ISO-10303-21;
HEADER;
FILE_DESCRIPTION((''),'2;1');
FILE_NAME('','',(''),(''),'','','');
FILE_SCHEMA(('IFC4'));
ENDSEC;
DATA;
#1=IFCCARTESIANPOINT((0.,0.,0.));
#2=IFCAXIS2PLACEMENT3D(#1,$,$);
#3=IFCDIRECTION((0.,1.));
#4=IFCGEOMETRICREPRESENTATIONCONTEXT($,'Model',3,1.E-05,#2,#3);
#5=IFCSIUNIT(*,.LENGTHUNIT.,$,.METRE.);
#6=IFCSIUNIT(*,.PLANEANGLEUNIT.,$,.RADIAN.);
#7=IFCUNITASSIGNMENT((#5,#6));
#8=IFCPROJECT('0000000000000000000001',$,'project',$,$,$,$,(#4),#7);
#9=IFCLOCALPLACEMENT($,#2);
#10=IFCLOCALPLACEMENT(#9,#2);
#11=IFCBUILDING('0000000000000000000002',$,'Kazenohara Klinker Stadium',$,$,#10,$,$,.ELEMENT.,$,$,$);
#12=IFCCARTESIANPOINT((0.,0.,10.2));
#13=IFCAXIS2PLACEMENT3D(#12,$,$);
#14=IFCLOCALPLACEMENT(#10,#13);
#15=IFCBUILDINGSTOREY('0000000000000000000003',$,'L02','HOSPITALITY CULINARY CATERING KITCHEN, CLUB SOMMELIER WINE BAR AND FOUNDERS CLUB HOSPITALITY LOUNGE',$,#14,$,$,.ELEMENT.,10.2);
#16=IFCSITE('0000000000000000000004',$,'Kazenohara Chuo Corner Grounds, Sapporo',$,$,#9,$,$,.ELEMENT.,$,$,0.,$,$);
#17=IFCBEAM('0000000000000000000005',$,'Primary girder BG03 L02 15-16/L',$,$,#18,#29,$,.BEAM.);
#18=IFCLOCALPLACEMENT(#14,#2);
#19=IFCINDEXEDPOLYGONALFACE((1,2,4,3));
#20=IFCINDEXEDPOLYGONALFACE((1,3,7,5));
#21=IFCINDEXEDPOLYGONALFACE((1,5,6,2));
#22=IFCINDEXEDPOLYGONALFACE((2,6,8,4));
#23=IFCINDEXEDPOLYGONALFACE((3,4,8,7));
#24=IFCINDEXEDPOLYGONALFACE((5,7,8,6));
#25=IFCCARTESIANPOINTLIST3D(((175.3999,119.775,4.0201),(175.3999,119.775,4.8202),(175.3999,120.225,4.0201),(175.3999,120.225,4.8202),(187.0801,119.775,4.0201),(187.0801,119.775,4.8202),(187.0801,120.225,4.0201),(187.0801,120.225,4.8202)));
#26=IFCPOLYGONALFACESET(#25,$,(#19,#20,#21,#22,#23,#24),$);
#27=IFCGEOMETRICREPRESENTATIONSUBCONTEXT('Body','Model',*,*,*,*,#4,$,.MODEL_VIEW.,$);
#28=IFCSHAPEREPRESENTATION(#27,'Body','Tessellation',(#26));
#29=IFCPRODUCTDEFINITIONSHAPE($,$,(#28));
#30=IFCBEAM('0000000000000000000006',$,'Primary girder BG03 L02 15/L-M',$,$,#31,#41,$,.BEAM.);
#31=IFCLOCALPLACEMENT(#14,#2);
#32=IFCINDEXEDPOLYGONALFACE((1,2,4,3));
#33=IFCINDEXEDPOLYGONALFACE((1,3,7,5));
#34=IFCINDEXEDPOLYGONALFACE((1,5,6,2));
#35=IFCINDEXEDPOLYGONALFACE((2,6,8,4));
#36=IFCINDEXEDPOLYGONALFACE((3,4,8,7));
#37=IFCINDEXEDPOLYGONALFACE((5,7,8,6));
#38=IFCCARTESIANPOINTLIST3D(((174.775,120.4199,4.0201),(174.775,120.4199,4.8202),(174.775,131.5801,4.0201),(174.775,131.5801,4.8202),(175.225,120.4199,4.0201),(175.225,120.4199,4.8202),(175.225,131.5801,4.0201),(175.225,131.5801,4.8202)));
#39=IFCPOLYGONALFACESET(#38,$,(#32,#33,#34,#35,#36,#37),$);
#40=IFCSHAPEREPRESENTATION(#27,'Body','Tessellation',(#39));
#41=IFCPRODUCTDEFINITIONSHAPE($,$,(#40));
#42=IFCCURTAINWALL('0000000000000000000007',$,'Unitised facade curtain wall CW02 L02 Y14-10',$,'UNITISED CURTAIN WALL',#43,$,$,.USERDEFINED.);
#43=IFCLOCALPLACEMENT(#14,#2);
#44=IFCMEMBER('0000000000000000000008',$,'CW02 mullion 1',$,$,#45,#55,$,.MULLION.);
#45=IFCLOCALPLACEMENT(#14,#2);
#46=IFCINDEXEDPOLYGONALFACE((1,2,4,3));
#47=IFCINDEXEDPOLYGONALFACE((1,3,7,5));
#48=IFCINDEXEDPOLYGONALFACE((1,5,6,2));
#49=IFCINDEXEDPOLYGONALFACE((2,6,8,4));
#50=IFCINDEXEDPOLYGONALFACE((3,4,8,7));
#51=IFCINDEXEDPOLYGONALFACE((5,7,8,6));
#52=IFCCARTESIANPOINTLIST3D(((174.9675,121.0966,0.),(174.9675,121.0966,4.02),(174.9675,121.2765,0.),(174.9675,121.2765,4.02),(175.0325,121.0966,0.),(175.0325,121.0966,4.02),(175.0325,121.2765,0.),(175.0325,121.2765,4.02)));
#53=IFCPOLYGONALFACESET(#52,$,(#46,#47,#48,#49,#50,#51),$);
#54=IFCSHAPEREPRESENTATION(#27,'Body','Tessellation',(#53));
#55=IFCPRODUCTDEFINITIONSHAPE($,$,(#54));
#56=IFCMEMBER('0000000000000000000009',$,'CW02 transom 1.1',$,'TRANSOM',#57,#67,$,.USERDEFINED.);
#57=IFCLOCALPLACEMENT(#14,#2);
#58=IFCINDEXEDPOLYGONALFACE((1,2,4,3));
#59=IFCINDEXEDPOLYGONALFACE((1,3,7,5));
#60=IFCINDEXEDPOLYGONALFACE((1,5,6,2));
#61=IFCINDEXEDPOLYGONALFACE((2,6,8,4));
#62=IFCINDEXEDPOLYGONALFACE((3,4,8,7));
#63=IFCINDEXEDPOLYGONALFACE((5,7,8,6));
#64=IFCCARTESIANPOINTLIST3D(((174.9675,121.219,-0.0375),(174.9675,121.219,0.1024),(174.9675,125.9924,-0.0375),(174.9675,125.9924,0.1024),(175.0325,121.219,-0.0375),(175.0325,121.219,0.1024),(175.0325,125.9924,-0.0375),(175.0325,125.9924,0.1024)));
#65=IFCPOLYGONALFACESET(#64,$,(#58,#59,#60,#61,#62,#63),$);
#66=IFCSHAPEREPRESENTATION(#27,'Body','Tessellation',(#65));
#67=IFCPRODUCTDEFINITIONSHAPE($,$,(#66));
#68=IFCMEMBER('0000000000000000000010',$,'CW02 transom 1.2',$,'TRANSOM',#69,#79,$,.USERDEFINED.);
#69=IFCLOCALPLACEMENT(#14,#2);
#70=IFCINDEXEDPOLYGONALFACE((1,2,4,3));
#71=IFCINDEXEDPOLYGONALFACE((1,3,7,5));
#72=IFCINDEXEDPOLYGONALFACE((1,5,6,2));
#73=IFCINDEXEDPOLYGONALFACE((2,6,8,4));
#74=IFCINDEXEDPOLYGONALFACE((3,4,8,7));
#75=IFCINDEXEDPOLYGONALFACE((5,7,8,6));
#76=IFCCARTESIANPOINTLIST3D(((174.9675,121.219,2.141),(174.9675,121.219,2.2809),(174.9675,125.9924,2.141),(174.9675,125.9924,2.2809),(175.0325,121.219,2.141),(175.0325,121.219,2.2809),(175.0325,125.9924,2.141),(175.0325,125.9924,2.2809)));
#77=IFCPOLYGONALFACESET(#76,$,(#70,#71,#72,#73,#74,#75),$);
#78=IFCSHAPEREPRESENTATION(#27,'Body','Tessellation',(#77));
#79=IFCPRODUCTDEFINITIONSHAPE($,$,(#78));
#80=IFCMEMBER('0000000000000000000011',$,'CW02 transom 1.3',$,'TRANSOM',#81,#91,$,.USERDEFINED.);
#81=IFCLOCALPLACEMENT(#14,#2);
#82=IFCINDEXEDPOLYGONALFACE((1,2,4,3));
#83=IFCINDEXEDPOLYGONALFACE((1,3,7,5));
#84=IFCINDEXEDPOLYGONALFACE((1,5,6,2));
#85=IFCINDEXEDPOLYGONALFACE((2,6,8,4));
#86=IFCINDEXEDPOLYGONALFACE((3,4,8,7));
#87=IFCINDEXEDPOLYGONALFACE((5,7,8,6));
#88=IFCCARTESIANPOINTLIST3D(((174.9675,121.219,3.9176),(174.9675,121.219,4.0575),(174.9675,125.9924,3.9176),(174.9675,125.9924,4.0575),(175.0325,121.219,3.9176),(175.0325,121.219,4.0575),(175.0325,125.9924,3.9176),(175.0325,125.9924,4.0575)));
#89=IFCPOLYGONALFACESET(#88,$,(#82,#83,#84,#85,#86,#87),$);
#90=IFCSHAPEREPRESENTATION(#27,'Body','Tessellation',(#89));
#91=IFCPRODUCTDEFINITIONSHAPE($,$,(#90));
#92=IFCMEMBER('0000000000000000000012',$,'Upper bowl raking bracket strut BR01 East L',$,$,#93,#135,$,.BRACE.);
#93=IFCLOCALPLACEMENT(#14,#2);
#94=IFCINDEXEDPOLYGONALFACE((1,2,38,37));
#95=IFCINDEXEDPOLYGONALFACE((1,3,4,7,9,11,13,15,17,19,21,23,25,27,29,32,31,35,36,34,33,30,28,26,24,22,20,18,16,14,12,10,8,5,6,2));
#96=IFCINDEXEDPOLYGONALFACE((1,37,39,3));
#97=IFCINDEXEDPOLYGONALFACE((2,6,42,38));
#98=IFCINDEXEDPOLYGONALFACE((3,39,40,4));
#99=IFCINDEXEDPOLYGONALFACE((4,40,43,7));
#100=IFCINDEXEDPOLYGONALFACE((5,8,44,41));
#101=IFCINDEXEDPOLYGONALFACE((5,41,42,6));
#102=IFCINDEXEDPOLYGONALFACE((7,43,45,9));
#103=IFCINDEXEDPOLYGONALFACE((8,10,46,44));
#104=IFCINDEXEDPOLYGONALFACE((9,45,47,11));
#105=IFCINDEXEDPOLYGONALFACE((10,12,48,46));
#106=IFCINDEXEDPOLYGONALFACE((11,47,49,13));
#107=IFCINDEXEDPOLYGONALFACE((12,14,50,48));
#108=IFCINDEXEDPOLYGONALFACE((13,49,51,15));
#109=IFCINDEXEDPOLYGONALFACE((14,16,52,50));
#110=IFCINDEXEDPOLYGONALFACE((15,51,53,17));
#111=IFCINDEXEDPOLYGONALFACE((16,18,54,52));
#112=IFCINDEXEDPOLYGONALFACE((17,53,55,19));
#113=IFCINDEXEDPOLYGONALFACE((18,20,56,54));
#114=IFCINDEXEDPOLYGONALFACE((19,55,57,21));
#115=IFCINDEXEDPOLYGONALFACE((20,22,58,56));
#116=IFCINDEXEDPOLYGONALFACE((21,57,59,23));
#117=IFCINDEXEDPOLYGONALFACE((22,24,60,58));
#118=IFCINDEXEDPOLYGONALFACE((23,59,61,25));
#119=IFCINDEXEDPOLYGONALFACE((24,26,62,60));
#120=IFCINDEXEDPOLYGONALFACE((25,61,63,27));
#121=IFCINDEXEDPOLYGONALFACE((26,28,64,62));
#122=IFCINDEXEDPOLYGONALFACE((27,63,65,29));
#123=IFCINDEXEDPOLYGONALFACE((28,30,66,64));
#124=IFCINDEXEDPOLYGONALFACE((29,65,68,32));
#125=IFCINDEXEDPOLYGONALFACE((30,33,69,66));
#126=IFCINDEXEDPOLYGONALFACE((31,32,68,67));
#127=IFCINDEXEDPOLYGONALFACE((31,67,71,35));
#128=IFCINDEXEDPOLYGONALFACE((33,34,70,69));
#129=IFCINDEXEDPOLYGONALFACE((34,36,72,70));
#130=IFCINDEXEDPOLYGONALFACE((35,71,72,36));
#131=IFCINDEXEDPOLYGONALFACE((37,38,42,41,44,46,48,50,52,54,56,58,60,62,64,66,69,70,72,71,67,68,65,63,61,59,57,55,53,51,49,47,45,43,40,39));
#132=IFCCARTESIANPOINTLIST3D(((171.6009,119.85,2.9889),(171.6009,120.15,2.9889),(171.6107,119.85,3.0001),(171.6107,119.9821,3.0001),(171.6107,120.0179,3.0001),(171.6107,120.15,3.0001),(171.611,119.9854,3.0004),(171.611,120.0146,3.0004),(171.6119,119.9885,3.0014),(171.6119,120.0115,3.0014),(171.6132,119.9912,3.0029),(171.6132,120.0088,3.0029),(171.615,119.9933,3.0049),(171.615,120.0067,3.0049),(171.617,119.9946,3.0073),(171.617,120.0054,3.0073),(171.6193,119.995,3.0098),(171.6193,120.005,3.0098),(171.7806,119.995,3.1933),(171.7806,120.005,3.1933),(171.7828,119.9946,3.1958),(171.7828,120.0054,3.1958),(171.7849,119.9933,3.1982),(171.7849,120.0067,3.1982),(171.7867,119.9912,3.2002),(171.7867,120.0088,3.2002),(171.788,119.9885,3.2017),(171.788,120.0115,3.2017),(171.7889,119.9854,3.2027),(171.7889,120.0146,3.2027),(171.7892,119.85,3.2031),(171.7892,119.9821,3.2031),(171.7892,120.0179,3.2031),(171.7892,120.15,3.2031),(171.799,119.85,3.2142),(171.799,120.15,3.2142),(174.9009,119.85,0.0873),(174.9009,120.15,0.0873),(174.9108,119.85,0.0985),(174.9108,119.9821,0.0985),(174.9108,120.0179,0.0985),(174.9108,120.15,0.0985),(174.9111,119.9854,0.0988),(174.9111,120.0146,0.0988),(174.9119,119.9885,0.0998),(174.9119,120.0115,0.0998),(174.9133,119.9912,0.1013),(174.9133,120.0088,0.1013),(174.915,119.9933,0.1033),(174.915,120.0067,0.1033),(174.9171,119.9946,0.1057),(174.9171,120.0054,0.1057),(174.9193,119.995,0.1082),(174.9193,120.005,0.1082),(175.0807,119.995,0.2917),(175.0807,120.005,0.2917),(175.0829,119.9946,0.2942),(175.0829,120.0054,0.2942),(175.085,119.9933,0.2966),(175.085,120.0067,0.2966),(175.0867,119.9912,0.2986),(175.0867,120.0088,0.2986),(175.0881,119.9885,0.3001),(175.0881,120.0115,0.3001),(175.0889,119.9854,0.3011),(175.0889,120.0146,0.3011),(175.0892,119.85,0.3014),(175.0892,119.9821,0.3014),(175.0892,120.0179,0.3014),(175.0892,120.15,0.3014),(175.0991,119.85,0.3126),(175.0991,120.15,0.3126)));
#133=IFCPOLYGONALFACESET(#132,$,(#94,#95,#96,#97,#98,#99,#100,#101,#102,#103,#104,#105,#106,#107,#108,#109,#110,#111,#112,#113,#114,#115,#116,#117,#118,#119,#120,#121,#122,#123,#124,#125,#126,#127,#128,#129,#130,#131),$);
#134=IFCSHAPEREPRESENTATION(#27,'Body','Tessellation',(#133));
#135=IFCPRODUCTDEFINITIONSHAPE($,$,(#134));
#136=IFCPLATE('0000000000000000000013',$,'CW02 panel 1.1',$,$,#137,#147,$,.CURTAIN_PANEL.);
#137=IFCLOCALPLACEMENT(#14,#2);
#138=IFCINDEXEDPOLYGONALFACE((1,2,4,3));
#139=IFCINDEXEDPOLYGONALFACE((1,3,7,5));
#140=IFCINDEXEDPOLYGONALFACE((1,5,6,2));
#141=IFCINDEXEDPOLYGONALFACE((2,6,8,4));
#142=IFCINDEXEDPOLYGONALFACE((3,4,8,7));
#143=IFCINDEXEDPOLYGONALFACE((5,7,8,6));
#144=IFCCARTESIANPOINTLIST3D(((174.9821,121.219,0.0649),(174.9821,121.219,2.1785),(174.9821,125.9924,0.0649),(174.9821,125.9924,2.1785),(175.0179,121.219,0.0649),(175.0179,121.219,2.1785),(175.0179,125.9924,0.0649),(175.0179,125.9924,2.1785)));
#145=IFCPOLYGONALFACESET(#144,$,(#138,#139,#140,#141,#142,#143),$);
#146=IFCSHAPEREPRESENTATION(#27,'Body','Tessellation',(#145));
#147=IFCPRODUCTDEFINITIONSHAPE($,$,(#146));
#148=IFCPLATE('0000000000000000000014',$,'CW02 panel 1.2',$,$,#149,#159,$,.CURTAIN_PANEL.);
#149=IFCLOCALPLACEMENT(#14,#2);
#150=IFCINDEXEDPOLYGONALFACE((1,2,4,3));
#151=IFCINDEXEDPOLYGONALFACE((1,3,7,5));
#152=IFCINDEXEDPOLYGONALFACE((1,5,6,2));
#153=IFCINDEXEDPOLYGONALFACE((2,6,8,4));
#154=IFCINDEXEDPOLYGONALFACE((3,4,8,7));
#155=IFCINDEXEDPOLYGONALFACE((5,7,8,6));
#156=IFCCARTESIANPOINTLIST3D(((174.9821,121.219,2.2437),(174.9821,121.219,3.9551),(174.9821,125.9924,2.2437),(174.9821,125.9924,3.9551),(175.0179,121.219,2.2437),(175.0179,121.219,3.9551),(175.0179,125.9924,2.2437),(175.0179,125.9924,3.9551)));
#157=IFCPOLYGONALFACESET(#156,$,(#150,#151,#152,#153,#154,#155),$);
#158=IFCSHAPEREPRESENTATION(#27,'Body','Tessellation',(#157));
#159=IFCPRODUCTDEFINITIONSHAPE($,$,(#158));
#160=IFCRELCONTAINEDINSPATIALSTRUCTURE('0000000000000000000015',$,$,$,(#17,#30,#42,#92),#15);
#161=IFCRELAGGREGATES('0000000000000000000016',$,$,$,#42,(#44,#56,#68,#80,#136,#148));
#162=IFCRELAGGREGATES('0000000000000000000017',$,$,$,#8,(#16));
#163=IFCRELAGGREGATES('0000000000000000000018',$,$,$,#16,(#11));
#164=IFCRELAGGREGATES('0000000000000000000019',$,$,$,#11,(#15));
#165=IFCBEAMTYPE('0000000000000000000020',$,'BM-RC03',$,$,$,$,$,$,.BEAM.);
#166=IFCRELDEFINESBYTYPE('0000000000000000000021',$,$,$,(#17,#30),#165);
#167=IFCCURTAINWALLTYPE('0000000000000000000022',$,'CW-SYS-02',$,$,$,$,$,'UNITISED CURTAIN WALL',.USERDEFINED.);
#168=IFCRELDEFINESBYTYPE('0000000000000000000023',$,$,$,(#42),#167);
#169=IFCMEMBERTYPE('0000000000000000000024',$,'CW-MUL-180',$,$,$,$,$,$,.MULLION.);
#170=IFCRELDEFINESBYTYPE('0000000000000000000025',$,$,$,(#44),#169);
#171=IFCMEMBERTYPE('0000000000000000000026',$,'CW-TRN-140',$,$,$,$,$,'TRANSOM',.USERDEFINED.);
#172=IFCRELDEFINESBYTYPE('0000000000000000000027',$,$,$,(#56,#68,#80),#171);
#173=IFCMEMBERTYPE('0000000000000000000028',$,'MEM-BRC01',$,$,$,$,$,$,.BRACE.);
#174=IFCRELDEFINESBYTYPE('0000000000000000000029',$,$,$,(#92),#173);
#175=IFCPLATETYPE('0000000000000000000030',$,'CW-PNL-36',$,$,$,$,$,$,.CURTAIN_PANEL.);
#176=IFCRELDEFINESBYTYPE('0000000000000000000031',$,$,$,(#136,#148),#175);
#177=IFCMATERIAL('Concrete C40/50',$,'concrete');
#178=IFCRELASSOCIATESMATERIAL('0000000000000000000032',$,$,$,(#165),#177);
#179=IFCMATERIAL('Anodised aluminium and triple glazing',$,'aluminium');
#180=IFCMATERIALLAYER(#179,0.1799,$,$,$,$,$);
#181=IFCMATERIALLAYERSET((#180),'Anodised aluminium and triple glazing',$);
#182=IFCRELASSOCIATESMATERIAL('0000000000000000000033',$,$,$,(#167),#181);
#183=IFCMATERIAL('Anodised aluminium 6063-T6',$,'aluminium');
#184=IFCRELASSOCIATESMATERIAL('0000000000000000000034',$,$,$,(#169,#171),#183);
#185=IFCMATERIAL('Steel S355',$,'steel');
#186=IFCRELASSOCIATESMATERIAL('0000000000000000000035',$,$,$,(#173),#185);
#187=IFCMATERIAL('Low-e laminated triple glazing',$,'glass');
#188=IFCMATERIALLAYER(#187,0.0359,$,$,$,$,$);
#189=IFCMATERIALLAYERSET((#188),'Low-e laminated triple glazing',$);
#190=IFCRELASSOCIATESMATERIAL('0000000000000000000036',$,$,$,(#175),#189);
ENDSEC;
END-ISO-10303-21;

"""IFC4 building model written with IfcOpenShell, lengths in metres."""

from ifc_helpers import new_model, si_unit, direction, frame, origin, origin_2d, place, context, subcontext, project, spatial, rectangle, i_section, extrude, material, layer, layer_set, material_profile, profile_set, type_object, element, aggregate, save


model = new_model("IFC4")

# Units and contexts
model_context = context("Model", 3, precision=1e-05, world=origin(), true_north=direction((0.0, 1.0)))
body_context = subcontext(model_context, "Body", "Model", "MODEL_VIEW")
ifc_project = project(units=[si_unit("LENGTHUNIT", "METRE"), si_unit("PLANEANGLEUNIT", "RADIAN")], contexts=[model_context])

# Site, building, storey
site_placement = place(None, origin())
site = spatial("IfcSite", under=ifc_project, at=site_placement, Name="Kazenohara Chuo Corner Grounds, Sapporo", CompositionType="ELEMENT", RefElevation=0.0)
building_placement = place(site_placement, origin())
building = spatial("IfcBuilding", under=site, at=building_placement, Name="Kazenohara Klinker Stadium", CompositionType="ELEMENT")
storey_placement = place(building_placement, frame((0.0, 0.0, 10.2)))
storey = spatial("IfcBuildingStorey", under=building, at=storey_placement, Name="L02", Description="HOSPITALITY CULINARY CATERING KITCHEN, CLUB SOMMELIER WINE BAR AND FOUNDERS CLUB HOSPITALITY LOUNGE", CompositionType="ELEMENT", Elevation=10.2)

# Beams
ifc_material_1 = material(Name="Concrete C40/50", Category="concrete")
ifc_material_profile_1 = material_profile(ifc_material_1, rectangle(XDim=0.45, YDim=0.8, at=origin_2d()), Name="RC-BM-450x800")
ifc_profile_set_1 = profile_set([ifc_material_profile_1], Name="Concrete C40/50")
beam_type = type_object("IfcBeamType", Name="BM-RC03", PredefinedType="BEAM", material=ifc_profile_set_1)
beam_1_placement = place(storey_placement, frame((175.3999, 120.0, 4.4202), z_axis=(1.0, 0.0, 0.0), x_axis=(0.0, 1.0, 0.0)))
element("IfcBeam", 1, at=beam_1_placement, inside=storey, type_object=beam_type, Name="Primary girder BG03 L02 15-16/L", PredefinedType="BEAM", context=body_context, shape_type="SweptSolid", body=[
    extrude(rectangle(XDim=0.45, YDim=0.8, at=origin_2d()), origin(), (0.0, 0.0, 1.0), 11.6802),
])
beam_2_placement = place(storey_placement, frame((175.0, 120.4199, 4.4202), z_axis=(0.0, 1.0, 0.0), x_axis=(-1.0, 0.0, 0.0)))
element("IfcBeam", 2, at=beam_2_placement, inside=storey, type_object=beam_type, Name="Primary girder BG03 L02 15/L-M", PredefinedType="BEAM", context=body_context, shape_type="SweptSolid", body=[
    extrude(rectangle(XDim=0.45, YDim=0.8, at=origin_2d()), origin(), (0.0, 0.0, 1.0), 11.1602),
])

# Curtain wall, members
ifc_material_2 = material(Name="Anodised aluminium and triple glazing", Category="aluminium")
ifc_layer_1 = layer(ifc_material_2, 0.1799)
ifc_layer_set_1 = layer_set([ifc_layer_1], Name="Anodised aluminium and triple glazing")
curtain_wall_type = type_object("IfcCurtainWallType", Name="CW-SYS-02", ElementType="UNITISED CURTAIN WALL", PredefinedType="USERDEFINED", material=ifc_layer_set_1)
curtain_wall_placement = place(storey_placement, origin())
curtain_wall = element("IfcCurtainWall", 3, at=curtain_wall_placement, inside=storey, type_object=curtain_wall_type, Name="Unitised facade curtain wall CW02 L02 Y14-10", ObjectType="UNITISED CURTAIN WALL", PredefinedType="USERDEFINED")
ifc_material_3 = material(Name="Anodised aluminium 6063-T6", Category="aluminium")
ifc_material_profile_2 = material_profile(ifc_material_3, rectangle(XDim=0.0649, YDim=0.1799, at=origin_2d()), Name="ALU-MUL-65x180")
ifc_profile_set_2 = profile_set([ifc_material_profile_2], Name="Anodised aluminium 6063-T6")
member_type_1 = type_object("IfcMemberType", Name="CW-MUL-180", PredefinedType="MULLION", material=ifc_profile_set_2)
member_1_placement = place(storey_placement, frame((175.0, 121.1865, 0.0), z_axis=(0.0, 0.0, 1.0), x_axis=(-1.0, 0.0, 0.0)))
member_1 = element("IfcMember", 4, at=member_1_placement, type_object=member_type_1, Name="CW02 mullion 1", PredefinedType="MULLION", context=body_context, shape_type="SweptSolid", body=[
    extrude(rectangle(XDim=0.0649, YDim=0.1799, at=origin_2d()), origin(), (0.0, 0.0, 1.0), 4.02),
])
ifc_material_profile_3 = material_profile(ifc_material_3, rectangle(XDim=0.0649, YDim=0.1399, at=origin_2d()), Name="ALU-TRN-65x140")
ifc_profile_set_3 = profile_set([ifc_material_profile_3], Name="Anodised aluminium 6063-T6")
member_type_2 = type_object("IfcMemberType", Name="CW-TRN-140", ElementType="TRANSOM", PredefinedType="USERDEFINED", material=ifc_profile_set_3)
member_2_placement = place(storey_placement, frame((175.0, 121.219, 0.0325), z_axis=(0.0, 1.0, 0.0), x_axis=(-1.0, 0.0, 0.0)))
member_2 = element("IfcMember", 5, at=member_2_placement, type_object=member_type_2, Name="CW02 transom 1.1", ObjectType="TRANSOM", PredefinedType="USERDEFINED", context=body_context, shape_type="SweptSolid", body=[
    extrude(rectangle(XDim=0.0649, YDim=0.1399, at=origin_2d()), origin(), (0.0, 0.0, 1.0), 4.7734),
])
member_3_placement = place(storey_placement, frame((175.0, 121.219, 2.2109), z_axis=(0.0, 1.0, 0.0), x_axis=(-1.0, 0.0, 0.0)))
member_3 = element("IfcMember", 6, at=member_3_placement, type_object=member_type_2, Name="CW02 transom 1.2", ObjectType="TRANSOM", PredefinedType="USERDEFINED", context=body_context, shape_type="SweptSolid", body=[
    extrude(rectangle(XDim=0.0649, YDim=0.1399, at=origin_2d()), origin(), (0.0, 0.0, 1.0), 4.7734),
])
member_4_placement = place(storey_placement, frame((175.0, 121.219, 3.9875), z_axis=(0.0, 1.0, 0.0), x_axis=(-1.0, 0.0, 0.0)))
member_4 = element("IfcMember", 7, at=member_4_placement, type_object=member_type_2, Name="CW02 transom 1.3", ObjectType="TRANSOM", PredefinedType="USERDEFINED", context=body_context, shape_type="SweptSolid", body=[
    extrude(rectangle(XDim=0.0649, YDim=0.1399, at=origin_2d()), origin(), (0.0, 0.0, 1.0), 4.7734),
])

# Member
ifc_material_4 = material(Name="Steel S355", Category="steel")
ifc_material_profile_4 = material_profile(ifc_material_4, i_section(OverallWidth=0.3, OverallDepth=0.3, WebThickness=0.01, FlangeThickness=0.0149, FilletRadius=0.0129, at=origin_2d()), Name="H-300x300x10x15")
ifc_profile_set_4 = profile_set([ifc_material_profile_4], Name="Steel S355")
member_type_3 = type_object("IfcMemberType", Name="MEM-BRC01", PredefinedType="BRACE", material=ifc_profile_set_4)
member_5_placement = place(storey_placement, frame((175.0, 120.0, 0.2), z_axis=(-0.750988, 0.0, 0.660316), x_axis=(0.0, -1.0, 0.0)))
element("IfcMember", 8, at=member_5_placement, inside=storey, type_object=member_type_3, Name="Upper bowl raking bracket strut BR01 East L", PredefinedType="BRACE", context=body_context, shape_type="SweptSolid", body=[
    extrude(i_section(OverallWidth=0.3, OverallDepth=0.3, WebThickness=0.01, FlangeThickness=0.0149, FilletRadius=0.0129, at=origin_2d()), origin(), (0.0, 0.0, 1.0), 4.3943),
])

# Plates
ifc_material_5 = material(Name="Low-e laminated triple glazing", Category="glass")
ifc_layer_2 = layer(ifc_material_5, 0.0359)
ifc_layer_set_2 = layer_set([ifc_layer_2], Name="Low-e laminated triple glazing")
plate_type = type_object("IfcPlateType", Name="CW-PNL-36", PredefinedType="CURTAIN_PANEL", material=ifc_layer_set_2)
plate_1_placement = place(storey_placement, frame((175.0, 123.6057, 0.0649), z_axis=(0.0, 0.0, 1.0), x_axis=(0.0, 1.0, 0.0)))
plate_1 = element("IfcPlate", 9, at=plate_1_placement, type_object=plate_type, Name="CW02 panel 1.1", PredefinedType="CURTAIN_PANEL", context=body_context, shape_type="SweptSolid", body=[
    extrude(rectangle(XDim=4.7734, YDim=0.0359, at=origin_2d()), origin(), (0.0, 0.0, 1.0), 2.1135),
])
plate_2_placement = place(storey_placement, frame((175.0, 123.6057, 2.2437), z_axis=(0.0, 0.0, 1.0), x_axis=(0.0, 1.0, 0.0)))
plate_2 = element("IfcPlate", 10, at=plate_2_placement, type_object=plate_type, Name="CW02 panel 1.2", PredefinedType="CURTAIN_PANEL", context=body_context, shape_type="SweptSolid", body=[
    extrude(rectangle(XDim=4.7734, YDim=0.0359, at=origin_2d()), origin(), (0.0, 0.0, 1.0), 1.7114),
])
aggregate(curtain_wall, [member_1, member_2, member_3, member_4, plate_1, plate_2])

save(model, "model.ifc")
